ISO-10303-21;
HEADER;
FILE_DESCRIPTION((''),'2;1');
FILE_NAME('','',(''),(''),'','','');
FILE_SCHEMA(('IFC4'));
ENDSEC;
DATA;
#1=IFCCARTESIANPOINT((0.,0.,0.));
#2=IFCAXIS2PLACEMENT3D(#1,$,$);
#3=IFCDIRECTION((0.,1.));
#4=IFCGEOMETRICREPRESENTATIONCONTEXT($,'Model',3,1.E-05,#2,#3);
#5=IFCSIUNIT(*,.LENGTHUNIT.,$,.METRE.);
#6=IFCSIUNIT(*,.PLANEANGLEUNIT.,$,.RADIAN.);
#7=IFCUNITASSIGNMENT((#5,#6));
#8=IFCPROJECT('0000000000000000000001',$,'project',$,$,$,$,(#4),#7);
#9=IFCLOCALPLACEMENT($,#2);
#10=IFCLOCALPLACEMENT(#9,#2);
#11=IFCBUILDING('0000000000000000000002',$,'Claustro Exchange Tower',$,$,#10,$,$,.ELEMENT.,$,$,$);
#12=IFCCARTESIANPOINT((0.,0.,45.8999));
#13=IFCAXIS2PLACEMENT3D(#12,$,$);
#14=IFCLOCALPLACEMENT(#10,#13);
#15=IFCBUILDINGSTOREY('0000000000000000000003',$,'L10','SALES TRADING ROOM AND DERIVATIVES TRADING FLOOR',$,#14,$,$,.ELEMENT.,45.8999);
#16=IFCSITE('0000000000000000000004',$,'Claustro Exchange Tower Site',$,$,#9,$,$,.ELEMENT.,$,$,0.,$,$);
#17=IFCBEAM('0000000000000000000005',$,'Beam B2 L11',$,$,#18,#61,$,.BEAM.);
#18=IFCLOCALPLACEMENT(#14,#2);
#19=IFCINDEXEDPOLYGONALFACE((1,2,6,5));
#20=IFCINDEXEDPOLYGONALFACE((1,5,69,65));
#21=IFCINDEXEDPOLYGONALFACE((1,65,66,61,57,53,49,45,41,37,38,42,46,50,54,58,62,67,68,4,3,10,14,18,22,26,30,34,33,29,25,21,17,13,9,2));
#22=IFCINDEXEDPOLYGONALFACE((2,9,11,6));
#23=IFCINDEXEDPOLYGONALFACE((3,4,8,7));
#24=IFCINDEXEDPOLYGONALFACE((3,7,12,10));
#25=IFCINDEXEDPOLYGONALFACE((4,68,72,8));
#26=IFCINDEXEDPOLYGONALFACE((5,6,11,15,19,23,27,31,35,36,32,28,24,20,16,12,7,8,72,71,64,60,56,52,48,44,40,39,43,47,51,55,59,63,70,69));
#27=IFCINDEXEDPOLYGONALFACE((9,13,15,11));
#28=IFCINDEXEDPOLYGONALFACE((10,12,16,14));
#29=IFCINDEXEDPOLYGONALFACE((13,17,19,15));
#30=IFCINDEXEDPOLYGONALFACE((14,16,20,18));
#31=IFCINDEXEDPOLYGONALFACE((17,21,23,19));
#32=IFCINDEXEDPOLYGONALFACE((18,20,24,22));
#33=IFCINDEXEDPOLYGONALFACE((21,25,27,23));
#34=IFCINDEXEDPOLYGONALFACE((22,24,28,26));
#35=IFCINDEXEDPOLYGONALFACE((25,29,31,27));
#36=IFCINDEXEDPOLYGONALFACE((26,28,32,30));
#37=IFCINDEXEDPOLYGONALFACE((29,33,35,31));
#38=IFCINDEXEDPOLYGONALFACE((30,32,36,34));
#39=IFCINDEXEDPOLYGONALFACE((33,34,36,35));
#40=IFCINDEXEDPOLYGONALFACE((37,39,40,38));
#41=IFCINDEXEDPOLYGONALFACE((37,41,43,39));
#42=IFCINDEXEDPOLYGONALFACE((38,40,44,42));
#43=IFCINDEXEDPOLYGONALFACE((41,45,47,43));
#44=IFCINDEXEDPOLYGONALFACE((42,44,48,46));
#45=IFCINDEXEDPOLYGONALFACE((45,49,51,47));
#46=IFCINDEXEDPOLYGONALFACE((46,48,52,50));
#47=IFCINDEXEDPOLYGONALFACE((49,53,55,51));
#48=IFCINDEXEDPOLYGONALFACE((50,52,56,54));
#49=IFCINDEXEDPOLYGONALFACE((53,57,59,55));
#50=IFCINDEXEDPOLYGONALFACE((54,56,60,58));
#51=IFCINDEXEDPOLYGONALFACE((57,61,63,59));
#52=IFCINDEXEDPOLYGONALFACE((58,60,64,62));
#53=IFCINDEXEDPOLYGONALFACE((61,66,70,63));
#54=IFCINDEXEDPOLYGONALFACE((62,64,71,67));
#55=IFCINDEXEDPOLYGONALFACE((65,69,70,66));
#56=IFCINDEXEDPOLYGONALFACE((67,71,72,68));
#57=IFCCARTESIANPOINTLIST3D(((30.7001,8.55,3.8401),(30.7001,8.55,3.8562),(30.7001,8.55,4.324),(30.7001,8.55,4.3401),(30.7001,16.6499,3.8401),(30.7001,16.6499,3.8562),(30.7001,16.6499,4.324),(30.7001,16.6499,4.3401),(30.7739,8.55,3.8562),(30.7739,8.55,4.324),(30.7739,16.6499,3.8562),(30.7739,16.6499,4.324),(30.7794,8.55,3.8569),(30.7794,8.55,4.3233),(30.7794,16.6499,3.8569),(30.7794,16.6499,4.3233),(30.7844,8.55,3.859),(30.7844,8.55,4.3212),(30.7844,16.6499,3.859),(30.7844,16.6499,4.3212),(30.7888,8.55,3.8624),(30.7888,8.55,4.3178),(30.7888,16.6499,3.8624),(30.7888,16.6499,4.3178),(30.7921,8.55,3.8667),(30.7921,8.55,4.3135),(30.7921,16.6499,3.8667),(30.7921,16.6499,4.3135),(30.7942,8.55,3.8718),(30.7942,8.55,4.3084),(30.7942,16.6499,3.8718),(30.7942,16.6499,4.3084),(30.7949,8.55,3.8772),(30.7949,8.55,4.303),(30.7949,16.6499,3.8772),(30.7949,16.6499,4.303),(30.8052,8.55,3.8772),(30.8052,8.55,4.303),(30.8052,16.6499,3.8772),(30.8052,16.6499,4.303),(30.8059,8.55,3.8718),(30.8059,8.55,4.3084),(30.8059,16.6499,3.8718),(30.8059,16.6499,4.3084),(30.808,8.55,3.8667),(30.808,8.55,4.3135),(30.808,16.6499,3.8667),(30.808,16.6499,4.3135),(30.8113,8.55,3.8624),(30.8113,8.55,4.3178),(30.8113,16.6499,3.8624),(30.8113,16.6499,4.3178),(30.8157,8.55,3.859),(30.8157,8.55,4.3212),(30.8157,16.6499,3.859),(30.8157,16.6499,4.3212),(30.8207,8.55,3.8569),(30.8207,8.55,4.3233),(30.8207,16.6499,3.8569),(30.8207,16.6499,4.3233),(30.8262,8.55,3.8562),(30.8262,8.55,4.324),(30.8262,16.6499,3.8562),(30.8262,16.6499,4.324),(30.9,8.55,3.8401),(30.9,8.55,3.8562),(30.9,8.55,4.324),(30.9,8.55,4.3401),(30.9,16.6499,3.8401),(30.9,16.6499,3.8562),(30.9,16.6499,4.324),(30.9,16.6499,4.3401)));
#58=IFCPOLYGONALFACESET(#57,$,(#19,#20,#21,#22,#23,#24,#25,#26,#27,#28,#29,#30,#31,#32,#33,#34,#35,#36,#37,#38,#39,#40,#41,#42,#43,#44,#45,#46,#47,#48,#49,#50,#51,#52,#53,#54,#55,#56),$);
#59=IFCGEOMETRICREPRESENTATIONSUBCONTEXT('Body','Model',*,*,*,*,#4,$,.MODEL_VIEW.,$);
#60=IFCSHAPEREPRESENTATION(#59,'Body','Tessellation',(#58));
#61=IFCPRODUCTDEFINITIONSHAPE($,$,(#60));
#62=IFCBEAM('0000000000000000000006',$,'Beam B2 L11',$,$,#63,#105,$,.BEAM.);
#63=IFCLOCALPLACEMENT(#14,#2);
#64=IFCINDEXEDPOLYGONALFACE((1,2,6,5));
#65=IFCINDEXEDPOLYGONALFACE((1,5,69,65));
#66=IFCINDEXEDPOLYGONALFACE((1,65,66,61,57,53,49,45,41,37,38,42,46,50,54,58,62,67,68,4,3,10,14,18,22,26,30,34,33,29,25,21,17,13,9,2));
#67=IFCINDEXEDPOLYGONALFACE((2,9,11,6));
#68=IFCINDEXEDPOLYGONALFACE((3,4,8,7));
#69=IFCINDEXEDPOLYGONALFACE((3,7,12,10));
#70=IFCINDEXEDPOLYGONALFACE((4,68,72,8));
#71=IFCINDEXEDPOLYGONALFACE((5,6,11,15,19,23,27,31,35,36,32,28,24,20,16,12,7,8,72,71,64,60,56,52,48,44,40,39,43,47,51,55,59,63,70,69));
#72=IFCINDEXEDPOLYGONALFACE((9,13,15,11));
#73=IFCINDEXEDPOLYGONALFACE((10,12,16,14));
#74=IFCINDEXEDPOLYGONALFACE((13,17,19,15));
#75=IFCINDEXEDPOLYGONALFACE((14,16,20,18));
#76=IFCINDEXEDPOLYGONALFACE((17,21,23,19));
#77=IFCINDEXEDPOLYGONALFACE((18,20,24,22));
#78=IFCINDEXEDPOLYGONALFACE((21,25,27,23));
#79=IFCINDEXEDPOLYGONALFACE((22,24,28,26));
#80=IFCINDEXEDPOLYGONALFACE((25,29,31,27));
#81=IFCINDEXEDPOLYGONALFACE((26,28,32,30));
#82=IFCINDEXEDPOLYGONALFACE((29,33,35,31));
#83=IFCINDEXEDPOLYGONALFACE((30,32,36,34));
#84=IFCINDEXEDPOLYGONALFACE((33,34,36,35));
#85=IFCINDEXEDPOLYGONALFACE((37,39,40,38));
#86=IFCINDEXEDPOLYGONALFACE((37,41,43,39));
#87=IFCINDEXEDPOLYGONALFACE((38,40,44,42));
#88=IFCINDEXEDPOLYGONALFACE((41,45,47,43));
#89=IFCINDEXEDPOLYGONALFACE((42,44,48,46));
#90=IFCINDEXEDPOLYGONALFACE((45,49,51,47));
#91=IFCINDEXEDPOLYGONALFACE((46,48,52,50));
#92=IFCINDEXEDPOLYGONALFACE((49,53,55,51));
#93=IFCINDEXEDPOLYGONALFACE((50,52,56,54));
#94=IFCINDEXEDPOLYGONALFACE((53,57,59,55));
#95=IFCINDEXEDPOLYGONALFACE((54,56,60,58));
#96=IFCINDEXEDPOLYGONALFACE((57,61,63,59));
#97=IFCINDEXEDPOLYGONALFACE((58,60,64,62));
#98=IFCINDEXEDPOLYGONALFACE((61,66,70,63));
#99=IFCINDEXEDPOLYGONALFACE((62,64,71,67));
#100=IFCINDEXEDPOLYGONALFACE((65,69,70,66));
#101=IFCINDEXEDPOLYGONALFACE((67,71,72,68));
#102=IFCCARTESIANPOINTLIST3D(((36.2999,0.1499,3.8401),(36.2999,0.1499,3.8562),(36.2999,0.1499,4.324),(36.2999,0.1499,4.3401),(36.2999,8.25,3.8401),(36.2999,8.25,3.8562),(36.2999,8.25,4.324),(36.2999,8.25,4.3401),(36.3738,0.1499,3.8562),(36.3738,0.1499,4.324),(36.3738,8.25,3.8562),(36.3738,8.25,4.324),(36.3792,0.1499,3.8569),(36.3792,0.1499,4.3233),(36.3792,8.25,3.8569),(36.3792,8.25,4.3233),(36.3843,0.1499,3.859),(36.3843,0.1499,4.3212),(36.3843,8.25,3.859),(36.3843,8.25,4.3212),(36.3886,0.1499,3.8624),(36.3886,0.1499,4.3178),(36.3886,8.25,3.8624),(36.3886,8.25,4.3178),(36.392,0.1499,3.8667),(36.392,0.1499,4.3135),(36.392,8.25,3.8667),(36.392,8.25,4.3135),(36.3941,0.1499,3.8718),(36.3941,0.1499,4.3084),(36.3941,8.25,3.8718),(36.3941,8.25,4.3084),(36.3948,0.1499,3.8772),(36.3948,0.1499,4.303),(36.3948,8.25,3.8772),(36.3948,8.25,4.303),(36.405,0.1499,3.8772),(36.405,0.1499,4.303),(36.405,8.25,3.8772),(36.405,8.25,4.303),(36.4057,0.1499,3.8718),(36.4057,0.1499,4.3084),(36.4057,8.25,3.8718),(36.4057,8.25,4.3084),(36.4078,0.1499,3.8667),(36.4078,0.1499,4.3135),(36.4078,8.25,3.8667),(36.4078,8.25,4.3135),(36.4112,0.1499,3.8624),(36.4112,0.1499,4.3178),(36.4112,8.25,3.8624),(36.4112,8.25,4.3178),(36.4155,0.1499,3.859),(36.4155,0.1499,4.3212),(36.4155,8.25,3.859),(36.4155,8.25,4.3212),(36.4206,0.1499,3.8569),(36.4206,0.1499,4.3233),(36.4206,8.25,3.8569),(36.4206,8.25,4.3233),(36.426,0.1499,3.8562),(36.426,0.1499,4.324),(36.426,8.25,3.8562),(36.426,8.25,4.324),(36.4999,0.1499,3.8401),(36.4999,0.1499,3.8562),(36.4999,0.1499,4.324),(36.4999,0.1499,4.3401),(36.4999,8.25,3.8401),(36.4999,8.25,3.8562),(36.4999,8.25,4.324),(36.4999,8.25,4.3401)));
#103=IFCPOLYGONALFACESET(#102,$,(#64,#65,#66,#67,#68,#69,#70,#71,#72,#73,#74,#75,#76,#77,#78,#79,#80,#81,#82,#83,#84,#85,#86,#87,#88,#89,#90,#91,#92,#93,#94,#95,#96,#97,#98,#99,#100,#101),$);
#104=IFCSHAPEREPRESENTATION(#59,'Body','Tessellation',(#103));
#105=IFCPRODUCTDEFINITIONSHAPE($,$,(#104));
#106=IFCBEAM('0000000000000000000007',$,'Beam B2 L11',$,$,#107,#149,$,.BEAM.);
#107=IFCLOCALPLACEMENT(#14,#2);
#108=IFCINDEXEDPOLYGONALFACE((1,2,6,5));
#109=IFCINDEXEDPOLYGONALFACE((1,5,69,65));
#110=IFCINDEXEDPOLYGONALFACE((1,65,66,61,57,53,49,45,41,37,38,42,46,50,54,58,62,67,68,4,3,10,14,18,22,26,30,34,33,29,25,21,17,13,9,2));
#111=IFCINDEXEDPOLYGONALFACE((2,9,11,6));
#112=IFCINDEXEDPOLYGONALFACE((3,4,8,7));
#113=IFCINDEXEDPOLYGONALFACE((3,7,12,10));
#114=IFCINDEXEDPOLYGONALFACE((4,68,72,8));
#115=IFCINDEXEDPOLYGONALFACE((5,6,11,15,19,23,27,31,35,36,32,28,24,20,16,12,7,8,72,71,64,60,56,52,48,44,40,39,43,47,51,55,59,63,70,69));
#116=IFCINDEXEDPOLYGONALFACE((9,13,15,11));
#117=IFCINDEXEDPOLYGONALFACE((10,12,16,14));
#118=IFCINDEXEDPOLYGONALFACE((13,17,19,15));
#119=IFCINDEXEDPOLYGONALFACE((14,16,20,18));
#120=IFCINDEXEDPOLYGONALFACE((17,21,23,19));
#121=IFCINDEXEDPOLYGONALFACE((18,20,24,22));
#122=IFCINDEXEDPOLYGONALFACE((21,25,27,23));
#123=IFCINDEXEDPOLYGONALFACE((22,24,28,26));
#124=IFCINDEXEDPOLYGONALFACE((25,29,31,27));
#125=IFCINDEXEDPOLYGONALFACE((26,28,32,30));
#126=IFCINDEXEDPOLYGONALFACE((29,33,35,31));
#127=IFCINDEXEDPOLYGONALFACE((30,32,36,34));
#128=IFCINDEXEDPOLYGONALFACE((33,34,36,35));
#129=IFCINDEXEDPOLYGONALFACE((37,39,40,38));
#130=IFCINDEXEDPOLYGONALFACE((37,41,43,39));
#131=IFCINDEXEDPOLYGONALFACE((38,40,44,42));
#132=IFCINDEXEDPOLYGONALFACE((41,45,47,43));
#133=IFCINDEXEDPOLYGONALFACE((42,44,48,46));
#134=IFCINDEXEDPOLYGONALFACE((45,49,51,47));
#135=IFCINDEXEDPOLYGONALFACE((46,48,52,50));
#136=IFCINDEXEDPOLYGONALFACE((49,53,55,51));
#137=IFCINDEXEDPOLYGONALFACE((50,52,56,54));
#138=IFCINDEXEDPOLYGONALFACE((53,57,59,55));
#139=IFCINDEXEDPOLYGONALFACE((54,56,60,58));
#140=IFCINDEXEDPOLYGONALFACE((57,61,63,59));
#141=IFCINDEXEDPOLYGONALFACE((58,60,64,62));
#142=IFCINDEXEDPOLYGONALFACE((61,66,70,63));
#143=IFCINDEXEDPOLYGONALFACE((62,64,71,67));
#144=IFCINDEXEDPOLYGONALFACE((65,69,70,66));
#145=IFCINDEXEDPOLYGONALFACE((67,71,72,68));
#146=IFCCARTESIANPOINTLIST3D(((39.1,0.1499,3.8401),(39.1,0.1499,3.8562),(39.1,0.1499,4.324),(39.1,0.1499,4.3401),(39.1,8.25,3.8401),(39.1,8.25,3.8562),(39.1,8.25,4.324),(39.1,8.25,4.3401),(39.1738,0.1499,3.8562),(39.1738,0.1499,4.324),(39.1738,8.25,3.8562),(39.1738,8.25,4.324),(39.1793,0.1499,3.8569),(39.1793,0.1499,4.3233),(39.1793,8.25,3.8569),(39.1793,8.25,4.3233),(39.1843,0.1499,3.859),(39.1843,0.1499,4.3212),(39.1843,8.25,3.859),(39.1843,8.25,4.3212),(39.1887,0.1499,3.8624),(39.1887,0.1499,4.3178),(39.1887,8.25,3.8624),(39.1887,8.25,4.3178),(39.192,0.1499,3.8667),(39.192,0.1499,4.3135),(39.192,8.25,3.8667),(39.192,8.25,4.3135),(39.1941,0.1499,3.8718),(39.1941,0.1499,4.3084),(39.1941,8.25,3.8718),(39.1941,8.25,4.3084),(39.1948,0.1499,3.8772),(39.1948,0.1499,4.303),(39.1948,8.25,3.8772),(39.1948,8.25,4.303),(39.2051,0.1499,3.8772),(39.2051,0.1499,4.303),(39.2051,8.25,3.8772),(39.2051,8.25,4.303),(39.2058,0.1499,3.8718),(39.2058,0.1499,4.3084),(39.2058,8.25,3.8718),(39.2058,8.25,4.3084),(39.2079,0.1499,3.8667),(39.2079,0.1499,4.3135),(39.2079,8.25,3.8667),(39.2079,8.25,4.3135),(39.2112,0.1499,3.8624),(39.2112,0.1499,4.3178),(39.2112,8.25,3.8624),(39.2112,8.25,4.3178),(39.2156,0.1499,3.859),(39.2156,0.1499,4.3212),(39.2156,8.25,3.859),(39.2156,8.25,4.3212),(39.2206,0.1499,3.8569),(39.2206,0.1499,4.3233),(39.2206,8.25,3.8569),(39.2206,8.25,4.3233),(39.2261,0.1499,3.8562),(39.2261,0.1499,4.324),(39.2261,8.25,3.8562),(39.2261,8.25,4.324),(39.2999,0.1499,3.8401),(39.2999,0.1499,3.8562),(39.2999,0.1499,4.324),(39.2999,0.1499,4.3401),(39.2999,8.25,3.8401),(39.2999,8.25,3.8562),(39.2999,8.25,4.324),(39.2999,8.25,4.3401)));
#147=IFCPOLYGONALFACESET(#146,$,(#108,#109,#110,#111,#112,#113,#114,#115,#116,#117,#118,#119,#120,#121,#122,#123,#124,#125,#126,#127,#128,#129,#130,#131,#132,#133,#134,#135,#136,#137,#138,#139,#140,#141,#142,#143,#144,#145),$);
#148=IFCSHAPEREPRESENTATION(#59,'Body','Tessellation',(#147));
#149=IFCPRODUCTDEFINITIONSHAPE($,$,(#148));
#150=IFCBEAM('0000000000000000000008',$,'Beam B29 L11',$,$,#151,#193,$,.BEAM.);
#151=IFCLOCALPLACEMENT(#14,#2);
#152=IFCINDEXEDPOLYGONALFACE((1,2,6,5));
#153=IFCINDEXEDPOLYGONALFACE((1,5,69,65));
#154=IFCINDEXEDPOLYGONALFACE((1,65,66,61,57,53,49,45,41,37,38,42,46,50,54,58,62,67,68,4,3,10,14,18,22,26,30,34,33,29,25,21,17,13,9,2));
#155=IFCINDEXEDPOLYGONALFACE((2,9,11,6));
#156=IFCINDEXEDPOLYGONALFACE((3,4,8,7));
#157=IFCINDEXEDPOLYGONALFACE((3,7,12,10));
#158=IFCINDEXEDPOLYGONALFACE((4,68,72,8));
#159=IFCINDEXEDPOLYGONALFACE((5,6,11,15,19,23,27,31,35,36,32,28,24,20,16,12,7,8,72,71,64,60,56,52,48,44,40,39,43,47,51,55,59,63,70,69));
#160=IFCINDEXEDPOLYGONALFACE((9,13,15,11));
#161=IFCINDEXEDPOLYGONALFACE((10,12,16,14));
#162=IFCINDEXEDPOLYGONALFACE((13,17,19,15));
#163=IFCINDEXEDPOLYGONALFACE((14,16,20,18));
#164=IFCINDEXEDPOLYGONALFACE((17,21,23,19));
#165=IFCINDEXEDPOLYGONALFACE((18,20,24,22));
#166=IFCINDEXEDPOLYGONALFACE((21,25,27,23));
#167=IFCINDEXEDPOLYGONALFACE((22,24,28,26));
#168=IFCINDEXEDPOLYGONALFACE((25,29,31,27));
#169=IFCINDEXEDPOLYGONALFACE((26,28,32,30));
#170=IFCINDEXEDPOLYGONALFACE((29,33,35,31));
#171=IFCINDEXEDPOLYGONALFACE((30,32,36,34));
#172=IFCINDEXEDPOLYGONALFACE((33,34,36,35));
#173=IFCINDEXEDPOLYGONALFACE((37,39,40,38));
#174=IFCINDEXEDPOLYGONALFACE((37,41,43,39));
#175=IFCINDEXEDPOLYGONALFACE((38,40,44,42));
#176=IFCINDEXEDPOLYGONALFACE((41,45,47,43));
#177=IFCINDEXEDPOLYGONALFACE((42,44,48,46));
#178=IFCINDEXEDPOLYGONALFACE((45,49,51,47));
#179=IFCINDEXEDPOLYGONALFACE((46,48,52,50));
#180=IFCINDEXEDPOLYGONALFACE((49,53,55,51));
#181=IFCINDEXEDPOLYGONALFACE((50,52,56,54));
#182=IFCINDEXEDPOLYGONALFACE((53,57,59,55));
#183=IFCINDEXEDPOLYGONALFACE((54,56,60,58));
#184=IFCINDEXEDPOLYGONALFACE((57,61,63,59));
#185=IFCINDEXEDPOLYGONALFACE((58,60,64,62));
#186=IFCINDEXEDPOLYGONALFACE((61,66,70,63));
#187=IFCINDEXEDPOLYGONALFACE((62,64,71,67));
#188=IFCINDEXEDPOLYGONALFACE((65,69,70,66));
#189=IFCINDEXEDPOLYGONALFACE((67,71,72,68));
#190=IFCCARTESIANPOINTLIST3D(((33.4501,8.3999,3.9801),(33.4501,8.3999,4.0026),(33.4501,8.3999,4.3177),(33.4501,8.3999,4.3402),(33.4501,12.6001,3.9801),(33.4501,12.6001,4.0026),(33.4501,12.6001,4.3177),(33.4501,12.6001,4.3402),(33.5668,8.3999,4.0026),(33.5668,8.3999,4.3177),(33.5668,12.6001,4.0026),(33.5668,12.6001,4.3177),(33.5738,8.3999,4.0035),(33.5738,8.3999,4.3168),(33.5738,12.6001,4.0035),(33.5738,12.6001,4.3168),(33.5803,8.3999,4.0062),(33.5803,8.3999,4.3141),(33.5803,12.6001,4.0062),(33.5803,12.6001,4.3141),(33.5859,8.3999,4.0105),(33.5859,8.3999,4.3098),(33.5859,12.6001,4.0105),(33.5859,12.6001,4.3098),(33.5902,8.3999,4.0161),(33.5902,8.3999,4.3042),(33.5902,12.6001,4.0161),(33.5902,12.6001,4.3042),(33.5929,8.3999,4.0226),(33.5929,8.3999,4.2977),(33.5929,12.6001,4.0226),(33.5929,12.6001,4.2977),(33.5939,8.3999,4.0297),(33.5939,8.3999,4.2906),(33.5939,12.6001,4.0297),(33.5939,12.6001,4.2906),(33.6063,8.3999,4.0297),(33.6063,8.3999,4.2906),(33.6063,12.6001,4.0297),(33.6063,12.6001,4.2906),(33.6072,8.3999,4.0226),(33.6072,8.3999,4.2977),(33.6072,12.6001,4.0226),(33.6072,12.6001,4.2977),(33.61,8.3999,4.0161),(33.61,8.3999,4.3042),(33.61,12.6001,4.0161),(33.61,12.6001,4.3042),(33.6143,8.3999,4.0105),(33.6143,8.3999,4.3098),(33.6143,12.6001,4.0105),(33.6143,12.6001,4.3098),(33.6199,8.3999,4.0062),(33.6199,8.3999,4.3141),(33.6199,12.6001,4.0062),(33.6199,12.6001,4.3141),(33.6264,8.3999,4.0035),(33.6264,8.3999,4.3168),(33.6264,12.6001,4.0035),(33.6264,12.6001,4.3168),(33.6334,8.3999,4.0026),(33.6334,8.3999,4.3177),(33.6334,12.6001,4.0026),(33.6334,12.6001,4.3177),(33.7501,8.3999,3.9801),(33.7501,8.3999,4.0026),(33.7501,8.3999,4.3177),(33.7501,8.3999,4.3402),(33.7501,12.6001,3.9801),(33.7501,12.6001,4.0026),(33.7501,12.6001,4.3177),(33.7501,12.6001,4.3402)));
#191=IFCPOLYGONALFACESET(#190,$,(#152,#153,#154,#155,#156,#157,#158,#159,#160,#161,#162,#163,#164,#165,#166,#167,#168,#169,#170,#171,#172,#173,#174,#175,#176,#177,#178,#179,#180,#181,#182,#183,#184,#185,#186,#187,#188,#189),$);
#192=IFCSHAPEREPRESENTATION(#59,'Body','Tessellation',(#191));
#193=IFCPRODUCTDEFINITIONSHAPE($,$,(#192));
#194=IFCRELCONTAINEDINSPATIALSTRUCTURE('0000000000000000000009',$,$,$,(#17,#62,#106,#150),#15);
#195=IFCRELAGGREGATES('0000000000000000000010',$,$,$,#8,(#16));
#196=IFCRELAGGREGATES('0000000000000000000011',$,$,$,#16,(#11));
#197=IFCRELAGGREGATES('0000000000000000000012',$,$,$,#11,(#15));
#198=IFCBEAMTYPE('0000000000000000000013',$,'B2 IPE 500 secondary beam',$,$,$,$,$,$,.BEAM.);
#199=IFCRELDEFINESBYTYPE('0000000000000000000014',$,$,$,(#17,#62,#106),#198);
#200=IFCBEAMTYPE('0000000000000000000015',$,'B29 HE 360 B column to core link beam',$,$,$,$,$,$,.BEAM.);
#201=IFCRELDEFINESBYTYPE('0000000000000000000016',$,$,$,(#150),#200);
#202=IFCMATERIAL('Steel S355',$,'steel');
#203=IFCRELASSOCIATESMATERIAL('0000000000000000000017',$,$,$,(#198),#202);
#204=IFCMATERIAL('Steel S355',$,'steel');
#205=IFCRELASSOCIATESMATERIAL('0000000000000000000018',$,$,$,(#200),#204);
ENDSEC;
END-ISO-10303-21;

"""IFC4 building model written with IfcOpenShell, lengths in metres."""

from ifc_helpers import new_model, si_unit, direction, frame, origin, origin_2d, place, context, subcontext, project, spatial, i_section, extrude, material, material_profile, profile_set, type_object, element, save


model = new_model("IFC4")

# Units and contexts
model_context = context("Model", 3, precision=1e-05, world=origin(), true_north=direction((0.0, 1.0)))
body_context = subcontext(model_context, "Body", "Model", "MODEL_VIEW")
ifc_project = project(units=[si_unit("LENGTHUNIT", "METRE"), si_unit("PLANEANGLEUNIT", "RADIAN")], contexts=[model_context])

# Site, building, storey
site_placement = place(None, origin())
site = spatial("IfcSite", under=ifc_project, at=site_placement, Name="Claustro Exchange Tower Site", CompositionType="ELEMENT", RefElevation=0.0)
building_placement = place(site_placement, origin())
building = spatial("IfcBuilding", under=site, at=building_placement, Name="Claustro Exchange Tower", CompositionType="ELEMENT")
storey_placement = place(building_placement, frame((0.0, 0.0, 45.8999)))
storey = spatial("IfcBuildingStorey", under=building, at=storey_placement, Name="L10", Description="SALES TRADING ROOM AND DERIVATIVES TRADING FLOOR", CompositionType="ELEMENT", Elevation=45.8999)

# Beams
ifc_material_1 = material(Name="Steel S355", Category="steel")
ifc_material_profile_1 = material_profile(ifc_material_1, i_section(OverallWidth=0.2, OverallDepth=0.5, WebThickness=0.0103, FlangeThickness=0.0161, FilletRadius=0.021, at=origin_2d()), Name="IPE 500")
ifc_profile_set_1 = profile_set([ifc_material_profile_1], Name="Steel S355")
beam_type_1 = type_object("IfcBeamType", Name="B2 IPE 500 secondary beam", PredefinedType="BEAM", material=ifc_profile_set_1)
beam_1_placement = place(storey_placement, frame((30.8, 8.55, 4.0901), z_axis=(0.0, 1.0, 0.0), x_axis=(-1.0, 0.0, 0.0)))
element("IfcBeam", 1, at=beam_1_placement, inside=storey, type_object=beam_type_1, Name="Beam B2 L11", PredefinedType="BEAM", context=body_context, shape_type="SweptSolid", body=[
    extrude(i_section(OverallWidth=0.2, OverallDepth=0.5, WebThickness=0.0103, FlangeThickness=0.0161, FilletRadius=0.021, at=origin_2d()), origin(), (0.0, 0.0, 1.0), 8.0999),
])
for number, where, z_axis, x_axis, name in (
    (2, (36.3999, 0.1499, 4.0901), (0.0, 1.0, 0.0), (-1.0, 0.0, 0.0), "Beam B2 L11"),
    (3, (39.2, 0.1499, 4.0901), (0.0, 1.0, 0.0), (-1.0, 0.0, 0.0), "Beam B2 L11"),
):
    element("IfcBeam", number, at=place(storey_placement, frame(where, z_axis=z_axis, x_axis=x_axis)), inside=storey, type_object=beam_type_1, Name=name, PredefinedType="BEAM", context=body_context, shape_type="SweptSolid", body=[
        extrude(i_section(OverallWidth=0.2, OverallDepth=0.5, WebThickness=0.0103, FlangeThickness=0.0161, FilletRadius=0.021, at=origin_2d()), origin(), (0.0, 0.0, 1.0), 8.1001),
    ])
ifc_material_2 = material(Name="Steel S355", Category="steel")
ifc_material_profile_2 = material_profile(ifc_material_2, i_section(OverallWidth=0.3, OverallDepth=0.3601, WebThickness=0.0125, FlangeThickness=0.0225, FilletRadius=0.0271, at=origin_2d()), Name="HE 360 B")
ifc_profile_set_2 = profile_set([ifc_material_profile_2], Name="Steel S355")
beam_type_2 = type_object("IfcBeamType", Name="B29 HE 360 B column to core link beam", PredefinedType="BEAM", material=ifc_profile_set_2)
beam_2_placement = place(storey_placement, frame((33.6001, 8.3999, 4.1602), z_axis=(0.0, 1.0, 0.0), x_axis=(-1.0, 0.0, 0.0)))
element("IfcBeam", 4, at=beam_2_placement, inside=storey, type_object=beam_type_2, Name="Beam B29 L11", PredefinedType="BEAM", context=body_context, shape_type="SweptSolid", body=[
    extrude(i_section(OverallWidth=0.3, OverallDepth=0.3601, WebThickness=0.0125, FlangeThickness=0.0225, FilletRadius=0.0271, at=origin_2d()), origin(), (0.0, 0.0, 1.0), 4.2002),
])

save(model, "model.ifc")
